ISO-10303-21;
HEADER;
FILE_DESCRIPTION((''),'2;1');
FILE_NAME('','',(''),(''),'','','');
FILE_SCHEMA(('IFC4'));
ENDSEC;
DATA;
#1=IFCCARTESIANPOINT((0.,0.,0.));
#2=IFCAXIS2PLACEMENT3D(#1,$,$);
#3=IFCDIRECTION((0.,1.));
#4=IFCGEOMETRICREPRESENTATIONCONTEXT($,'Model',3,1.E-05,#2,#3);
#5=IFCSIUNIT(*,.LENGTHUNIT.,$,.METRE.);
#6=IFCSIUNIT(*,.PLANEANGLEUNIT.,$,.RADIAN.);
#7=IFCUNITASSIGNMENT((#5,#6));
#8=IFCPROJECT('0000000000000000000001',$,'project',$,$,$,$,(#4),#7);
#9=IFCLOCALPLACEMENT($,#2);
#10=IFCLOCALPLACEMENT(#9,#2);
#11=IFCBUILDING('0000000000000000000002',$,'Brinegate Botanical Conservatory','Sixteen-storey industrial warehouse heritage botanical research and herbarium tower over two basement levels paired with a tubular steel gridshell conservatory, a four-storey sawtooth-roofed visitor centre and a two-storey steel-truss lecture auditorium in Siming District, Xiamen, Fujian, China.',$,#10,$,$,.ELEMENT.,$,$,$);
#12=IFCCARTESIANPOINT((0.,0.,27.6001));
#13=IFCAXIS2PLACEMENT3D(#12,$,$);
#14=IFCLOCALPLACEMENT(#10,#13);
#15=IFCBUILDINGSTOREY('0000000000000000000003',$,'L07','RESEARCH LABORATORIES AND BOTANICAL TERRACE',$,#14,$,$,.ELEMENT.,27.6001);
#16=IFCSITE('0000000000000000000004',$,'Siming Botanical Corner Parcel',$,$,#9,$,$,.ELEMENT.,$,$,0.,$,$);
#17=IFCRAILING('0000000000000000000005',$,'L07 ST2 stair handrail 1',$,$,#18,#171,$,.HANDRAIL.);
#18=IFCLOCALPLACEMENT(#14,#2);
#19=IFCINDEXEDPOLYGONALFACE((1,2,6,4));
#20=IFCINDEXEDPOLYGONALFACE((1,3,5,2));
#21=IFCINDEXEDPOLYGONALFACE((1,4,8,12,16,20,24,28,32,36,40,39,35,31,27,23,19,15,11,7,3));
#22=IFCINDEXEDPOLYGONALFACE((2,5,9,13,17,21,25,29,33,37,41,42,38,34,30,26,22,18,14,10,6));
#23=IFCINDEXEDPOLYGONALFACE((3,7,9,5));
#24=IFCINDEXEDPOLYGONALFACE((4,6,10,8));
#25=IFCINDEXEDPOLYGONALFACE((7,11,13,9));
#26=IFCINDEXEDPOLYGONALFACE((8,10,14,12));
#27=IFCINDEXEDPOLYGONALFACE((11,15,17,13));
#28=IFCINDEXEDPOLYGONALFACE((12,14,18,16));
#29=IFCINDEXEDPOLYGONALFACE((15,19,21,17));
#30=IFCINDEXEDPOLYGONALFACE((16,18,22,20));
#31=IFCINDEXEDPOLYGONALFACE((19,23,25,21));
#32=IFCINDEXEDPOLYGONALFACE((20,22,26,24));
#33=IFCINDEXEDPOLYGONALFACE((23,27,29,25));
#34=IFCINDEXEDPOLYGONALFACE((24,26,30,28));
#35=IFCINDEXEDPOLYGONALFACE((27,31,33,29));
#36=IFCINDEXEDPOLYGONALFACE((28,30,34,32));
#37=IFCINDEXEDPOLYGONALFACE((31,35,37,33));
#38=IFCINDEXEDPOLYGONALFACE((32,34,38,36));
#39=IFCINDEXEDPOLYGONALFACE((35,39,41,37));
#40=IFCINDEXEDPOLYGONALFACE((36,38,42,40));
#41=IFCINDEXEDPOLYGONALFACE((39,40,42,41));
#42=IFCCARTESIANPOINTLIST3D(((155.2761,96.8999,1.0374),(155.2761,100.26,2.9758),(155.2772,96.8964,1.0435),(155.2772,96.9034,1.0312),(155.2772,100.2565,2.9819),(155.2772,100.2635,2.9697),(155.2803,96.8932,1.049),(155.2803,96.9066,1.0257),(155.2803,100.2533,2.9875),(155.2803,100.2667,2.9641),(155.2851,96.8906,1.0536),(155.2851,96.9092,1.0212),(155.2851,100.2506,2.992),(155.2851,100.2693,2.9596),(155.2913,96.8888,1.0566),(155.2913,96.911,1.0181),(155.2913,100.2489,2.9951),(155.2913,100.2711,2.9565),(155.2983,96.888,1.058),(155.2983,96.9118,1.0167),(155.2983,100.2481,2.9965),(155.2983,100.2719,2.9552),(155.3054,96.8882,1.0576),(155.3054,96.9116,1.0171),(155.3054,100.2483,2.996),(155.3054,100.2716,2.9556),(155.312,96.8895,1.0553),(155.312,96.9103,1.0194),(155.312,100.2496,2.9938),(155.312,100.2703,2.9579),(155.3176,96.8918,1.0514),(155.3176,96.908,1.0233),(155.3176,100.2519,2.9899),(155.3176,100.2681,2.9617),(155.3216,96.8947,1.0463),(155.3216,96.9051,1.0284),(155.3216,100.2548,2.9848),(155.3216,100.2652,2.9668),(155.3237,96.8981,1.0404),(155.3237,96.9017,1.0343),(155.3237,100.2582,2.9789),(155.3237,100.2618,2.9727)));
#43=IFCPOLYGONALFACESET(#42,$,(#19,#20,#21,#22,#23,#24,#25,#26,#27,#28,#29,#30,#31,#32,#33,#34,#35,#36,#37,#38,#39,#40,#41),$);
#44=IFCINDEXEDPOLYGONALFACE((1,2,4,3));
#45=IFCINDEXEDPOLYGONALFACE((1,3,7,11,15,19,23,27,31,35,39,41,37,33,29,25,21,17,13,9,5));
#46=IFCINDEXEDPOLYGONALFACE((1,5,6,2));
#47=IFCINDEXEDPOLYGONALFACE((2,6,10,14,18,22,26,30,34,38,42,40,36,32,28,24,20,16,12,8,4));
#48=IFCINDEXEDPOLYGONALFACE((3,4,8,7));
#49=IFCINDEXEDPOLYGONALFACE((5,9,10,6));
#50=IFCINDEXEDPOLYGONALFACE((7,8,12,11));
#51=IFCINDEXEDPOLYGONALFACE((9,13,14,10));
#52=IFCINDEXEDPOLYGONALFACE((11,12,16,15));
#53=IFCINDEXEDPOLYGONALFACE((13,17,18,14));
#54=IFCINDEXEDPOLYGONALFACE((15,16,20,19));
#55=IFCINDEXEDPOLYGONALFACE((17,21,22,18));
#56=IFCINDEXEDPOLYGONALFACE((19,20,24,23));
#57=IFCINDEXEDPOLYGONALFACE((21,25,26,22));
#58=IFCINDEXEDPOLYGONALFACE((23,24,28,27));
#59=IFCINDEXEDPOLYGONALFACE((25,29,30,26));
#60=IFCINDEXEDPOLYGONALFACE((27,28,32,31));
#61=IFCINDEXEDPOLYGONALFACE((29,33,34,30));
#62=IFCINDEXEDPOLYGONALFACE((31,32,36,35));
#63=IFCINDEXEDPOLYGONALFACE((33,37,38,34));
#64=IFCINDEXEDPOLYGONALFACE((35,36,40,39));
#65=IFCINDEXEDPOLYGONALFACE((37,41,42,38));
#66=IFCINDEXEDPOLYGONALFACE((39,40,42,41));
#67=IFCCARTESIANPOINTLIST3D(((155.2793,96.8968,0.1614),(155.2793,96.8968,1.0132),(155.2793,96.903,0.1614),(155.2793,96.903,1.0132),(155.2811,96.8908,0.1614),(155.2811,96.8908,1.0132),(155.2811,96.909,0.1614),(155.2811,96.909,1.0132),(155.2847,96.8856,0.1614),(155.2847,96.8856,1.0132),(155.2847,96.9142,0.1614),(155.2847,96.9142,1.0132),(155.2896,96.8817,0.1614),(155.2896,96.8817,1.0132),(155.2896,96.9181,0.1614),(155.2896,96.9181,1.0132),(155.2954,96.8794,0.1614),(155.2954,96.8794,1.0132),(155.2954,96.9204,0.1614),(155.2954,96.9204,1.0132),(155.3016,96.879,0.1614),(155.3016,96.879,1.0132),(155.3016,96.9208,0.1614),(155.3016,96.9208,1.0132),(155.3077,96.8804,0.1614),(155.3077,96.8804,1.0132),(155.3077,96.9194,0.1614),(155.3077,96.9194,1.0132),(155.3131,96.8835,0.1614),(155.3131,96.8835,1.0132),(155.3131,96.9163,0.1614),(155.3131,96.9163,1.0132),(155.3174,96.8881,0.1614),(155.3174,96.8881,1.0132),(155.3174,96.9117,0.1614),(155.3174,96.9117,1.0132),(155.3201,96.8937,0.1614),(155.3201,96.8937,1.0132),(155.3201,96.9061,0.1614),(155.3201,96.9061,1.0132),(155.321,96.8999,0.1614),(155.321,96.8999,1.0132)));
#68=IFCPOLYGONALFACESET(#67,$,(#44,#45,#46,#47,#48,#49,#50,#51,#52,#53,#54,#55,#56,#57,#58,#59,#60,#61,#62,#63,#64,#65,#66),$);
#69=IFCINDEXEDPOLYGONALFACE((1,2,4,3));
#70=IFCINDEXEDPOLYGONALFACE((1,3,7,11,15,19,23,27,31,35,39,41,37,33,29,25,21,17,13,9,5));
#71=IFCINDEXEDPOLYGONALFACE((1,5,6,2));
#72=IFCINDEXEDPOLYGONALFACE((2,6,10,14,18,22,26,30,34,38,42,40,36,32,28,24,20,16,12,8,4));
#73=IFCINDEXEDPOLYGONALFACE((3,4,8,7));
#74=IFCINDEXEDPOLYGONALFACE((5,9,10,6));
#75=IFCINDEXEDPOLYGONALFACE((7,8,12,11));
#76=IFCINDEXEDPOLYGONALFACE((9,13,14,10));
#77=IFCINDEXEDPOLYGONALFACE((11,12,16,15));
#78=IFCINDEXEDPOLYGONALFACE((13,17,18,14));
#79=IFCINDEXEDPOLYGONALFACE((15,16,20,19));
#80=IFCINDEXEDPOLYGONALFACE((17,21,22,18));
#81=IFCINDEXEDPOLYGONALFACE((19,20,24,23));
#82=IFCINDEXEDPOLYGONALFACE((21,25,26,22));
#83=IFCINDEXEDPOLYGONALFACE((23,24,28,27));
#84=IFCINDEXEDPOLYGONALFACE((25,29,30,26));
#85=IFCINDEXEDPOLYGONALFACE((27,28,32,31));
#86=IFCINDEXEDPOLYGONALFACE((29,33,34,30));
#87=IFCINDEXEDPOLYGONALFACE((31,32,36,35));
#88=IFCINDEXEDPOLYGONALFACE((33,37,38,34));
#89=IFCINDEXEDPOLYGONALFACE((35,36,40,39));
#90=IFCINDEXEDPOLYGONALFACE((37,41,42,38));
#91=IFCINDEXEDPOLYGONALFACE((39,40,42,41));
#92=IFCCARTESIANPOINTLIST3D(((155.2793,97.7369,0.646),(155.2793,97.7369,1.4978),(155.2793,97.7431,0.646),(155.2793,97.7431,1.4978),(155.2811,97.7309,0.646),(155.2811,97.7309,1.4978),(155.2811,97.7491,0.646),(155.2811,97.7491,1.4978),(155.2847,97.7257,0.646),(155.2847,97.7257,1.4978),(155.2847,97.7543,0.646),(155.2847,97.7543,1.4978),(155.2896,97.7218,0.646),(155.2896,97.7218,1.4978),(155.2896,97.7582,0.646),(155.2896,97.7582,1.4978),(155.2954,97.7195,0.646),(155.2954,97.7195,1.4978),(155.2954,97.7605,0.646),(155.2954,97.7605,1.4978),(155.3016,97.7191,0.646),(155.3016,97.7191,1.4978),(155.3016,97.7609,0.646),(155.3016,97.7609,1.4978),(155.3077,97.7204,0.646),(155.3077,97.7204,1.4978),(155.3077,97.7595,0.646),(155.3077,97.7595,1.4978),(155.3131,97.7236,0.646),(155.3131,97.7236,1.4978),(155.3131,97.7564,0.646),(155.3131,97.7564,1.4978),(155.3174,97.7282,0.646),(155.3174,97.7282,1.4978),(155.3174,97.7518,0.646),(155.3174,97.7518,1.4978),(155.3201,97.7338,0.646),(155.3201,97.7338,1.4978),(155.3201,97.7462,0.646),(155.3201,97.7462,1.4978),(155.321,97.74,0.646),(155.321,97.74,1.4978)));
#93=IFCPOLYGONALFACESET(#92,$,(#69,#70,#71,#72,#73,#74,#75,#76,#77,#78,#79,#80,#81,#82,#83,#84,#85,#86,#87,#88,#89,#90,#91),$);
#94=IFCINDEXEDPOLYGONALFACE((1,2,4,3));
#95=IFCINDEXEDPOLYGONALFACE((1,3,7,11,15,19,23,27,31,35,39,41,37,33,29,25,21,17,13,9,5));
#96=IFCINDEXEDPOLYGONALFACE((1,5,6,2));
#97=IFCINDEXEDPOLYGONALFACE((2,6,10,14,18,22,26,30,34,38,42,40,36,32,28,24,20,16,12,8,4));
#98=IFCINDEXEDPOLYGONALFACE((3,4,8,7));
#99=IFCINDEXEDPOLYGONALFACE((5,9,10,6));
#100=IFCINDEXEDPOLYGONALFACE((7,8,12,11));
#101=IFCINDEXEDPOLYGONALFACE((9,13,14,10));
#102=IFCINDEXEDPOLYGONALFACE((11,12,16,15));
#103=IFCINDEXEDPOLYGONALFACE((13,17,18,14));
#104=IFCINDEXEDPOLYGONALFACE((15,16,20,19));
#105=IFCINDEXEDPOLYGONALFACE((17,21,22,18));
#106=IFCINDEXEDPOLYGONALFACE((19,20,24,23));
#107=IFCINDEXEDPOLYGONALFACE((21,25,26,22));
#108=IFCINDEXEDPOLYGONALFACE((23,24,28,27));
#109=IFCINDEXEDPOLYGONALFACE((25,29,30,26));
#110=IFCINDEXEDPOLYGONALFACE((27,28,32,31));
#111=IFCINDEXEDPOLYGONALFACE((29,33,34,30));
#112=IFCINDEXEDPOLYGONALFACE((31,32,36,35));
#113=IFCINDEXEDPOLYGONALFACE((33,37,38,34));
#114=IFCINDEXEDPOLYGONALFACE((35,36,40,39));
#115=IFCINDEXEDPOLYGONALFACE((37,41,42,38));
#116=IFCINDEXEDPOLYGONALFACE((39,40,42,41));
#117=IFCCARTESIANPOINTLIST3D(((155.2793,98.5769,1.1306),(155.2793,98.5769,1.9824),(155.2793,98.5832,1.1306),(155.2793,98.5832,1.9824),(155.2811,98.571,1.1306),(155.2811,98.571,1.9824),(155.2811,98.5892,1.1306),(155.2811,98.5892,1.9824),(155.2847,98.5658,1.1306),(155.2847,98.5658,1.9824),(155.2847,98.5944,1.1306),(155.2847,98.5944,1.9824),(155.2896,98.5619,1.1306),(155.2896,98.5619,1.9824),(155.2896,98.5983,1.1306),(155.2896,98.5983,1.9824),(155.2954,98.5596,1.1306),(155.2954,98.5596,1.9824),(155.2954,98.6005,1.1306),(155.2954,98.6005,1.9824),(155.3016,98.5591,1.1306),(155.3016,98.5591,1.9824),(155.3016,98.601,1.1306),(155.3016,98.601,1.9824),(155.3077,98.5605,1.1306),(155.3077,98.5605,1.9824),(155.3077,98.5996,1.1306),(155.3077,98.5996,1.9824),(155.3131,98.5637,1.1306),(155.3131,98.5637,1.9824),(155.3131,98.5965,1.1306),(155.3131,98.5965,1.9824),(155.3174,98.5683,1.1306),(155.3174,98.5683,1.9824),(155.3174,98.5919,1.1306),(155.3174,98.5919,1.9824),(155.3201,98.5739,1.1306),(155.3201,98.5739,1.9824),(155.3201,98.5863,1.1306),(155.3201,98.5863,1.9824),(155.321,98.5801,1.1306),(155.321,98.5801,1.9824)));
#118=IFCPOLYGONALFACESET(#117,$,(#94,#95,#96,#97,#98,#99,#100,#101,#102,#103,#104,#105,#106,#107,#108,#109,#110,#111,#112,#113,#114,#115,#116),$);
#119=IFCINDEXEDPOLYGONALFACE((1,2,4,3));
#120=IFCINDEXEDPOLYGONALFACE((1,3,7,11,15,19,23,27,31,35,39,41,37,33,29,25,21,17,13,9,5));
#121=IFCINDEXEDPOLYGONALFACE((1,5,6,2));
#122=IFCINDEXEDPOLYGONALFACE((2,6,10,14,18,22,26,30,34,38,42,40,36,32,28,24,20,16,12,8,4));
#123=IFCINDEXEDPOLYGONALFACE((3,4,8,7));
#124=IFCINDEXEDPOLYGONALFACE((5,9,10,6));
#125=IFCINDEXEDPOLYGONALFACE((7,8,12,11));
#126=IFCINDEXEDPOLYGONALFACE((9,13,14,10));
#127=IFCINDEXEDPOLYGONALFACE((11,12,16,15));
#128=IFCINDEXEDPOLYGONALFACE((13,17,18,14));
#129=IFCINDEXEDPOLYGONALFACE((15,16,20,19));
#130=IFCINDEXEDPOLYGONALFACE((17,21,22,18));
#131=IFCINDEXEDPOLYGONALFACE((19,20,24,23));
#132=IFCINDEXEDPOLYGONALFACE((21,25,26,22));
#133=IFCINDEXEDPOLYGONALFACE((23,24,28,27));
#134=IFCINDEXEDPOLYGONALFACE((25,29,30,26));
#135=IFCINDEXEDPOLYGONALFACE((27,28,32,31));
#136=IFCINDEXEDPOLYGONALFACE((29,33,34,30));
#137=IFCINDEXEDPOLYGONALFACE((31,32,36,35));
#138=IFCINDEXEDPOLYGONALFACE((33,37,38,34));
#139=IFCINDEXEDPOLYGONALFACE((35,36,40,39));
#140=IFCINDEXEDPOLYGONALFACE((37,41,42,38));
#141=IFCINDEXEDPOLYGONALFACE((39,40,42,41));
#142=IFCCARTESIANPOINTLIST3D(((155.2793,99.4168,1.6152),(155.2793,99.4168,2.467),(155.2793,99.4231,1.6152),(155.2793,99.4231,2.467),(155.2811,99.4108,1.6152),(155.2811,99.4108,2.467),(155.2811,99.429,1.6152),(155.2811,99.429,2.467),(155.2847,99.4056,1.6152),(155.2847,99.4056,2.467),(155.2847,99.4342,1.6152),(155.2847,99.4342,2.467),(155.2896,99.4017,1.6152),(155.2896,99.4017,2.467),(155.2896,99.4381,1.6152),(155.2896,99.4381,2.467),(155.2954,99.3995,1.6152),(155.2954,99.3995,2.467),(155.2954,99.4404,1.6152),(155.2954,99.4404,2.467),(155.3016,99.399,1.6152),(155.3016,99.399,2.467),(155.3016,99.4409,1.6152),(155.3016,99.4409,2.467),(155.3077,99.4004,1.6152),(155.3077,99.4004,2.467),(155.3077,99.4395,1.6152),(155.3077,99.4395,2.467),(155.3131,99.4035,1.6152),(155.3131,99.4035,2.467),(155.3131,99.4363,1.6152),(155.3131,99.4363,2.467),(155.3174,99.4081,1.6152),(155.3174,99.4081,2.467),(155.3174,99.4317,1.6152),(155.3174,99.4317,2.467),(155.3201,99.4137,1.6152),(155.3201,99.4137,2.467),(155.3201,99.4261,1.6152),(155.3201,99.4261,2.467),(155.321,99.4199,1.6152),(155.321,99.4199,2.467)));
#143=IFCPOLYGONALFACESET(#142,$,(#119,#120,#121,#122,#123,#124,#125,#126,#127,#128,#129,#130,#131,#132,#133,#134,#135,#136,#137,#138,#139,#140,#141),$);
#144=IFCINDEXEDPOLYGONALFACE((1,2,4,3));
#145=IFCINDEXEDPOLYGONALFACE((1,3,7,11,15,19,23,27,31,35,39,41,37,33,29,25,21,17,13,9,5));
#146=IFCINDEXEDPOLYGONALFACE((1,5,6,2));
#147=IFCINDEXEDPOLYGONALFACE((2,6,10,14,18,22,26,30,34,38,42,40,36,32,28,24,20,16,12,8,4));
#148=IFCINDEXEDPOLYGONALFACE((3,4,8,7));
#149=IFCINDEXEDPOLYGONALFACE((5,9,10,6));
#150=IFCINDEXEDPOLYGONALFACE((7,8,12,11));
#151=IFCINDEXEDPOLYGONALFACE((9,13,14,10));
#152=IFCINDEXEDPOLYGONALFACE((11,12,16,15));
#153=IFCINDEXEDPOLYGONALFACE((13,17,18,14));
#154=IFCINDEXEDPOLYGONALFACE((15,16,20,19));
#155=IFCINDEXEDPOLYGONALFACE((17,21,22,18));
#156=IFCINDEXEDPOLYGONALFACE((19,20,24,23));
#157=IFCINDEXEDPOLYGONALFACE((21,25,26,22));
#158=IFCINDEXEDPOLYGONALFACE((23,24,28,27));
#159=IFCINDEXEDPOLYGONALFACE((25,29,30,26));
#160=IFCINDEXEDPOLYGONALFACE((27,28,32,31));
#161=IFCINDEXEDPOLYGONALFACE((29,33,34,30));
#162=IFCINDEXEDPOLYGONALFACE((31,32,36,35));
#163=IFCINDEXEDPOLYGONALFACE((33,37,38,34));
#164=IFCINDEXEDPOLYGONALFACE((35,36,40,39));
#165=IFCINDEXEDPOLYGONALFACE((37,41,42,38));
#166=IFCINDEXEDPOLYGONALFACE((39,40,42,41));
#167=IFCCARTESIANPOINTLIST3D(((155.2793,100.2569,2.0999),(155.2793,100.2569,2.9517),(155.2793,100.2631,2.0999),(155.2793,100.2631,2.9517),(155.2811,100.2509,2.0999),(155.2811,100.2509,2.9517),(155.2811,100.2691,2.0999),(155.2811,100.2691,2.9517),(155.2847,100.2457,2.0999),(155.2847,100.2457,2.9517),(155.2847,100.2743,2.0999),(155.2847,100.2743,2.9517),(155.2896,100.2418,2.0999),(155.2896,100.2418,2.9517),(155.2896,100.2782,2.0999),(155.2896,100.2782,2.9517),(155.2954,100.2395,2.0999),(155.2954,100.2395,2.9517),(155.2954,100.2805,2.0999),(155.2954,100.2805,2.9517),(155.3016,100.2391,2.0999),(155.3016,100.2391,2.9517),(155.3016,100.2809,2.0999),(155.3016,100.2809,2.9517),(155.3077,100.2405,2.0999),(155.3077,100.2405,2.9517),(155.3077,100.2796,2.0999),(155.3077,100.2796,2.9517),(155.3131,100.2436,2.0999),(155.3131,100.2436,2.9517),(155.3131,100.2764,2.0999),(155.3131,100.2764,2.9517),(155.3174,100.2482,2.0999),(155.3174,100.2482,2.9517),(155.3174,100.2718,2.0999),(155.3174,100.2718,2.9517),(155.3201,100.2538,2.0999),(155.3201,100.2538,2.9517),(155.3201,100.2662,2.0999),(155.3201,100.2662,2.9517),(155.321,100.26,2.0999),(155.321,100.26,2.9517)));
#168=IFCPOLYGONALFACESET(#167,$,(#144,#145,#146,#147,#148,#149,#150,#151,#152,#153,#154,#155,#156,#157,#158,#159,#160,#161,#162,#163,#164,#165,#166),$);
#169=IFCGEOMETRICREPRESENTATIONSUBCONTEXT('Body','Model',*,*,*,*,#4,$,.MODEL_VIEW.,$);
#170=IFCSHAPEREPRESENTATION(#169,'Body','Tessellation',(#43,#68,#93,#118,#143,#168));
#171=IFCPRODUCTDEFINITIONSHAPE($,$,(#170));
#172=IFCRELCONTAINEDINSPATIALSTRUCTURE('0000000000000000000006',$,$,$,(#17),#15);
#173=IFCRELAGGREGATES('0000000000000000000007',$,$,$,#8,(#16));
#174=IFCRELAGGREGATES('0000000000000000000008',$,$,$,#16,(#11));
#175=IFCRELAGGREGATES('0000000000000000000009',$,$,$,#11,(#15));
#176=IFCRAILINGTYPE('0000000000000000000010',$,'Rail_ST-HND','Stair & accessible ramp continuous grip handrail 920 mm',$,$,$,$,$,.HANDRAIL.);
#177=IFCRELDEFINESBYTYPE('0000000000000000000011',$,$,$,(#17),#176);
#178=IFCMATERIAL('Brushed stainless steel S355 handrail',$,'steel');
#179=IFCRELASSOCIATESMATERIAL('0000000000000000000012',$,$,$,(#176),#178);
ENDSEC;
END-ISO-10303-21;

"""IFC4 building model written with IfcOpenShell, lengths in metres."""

from ifc_helpers import new_model, si_unit, direction, frame, origin, origin_2d, place, context, subcontext, project, spatial, circle, extrude, material, type_object, element, save


model = new_model("IFC4")

# Units and contexts
model_context = context("Model", 3, precision=1e-05, world=origin(), true_north=direction((0.0, 1.0)))
body_context = subcontext(model_context, "Body", "Model", "MODEL_VIEW")
ifc_project = project(units=[si_unit("LENGTHUNIT", "METRE"), si_unit("PLANEANGLEUNIT", "RADIAN")], contexts=[model_context])

# Site, building, storey
site_placement = place(None, origin())
site = spatial("IfcSite", under=ifc_project, at=site_placement, Name="Siming Botanical Corner Parcel", CompositionType="ELEMENT", RefElevation=0.0)
building_placement = place(site_placement, origin())
building = spatial("IfcBuilding", under=site, at=building_placement, Name="Brinegate Botanical Conservatory", Description="Sixteen-storey industrial warehouse heritage botanical research and herbarium tower over two basement levels paired with a tubular steel gridshell conservatory, a four-storey sawtooth-roofed visitor centre and a two-storey steel-truss lecture auditorium in Siming District, Xiamen, Fujian, China.", CompositionType="ELEMENT")
storey_placement = place(building_placement, frame((0.0, 0.0, 27.6001)))
storey = spatial("IfcBuildingStorey", under=building, at=storey_placement, Name="L07", Description="RESEARCH LABORATORIES AND BOTANICAL TERRACE", CompositionType="ELEMENT", Elevation=27.6001)

# Railing
ifc_material_1 = material(Name="Brushed stainless steel S355 handrail", Category="steel")
railing_type_1 = type_object("IfcRailingType", Name="Rail_ST-HND", Description="Stair & accessible ramp continuous grip handrail 920 mm", PredefinedType="HANDRAIL", material=ifc_material_1)
railing_1_placement = place(storey_placement, frame((155.3, 96.8999, 0.1614)))
element("IfcRailing", 1, at=railing_1_placement, inside=storey, type_object=railing_type_1, Name="L07 ST2 stair handrail 1", PredefinedType="HANDRAIL", context=body_context, shape_type="SweptSolid", body=[
    extrude(circle(Radius=0.0239, at=origin_2d()), frame((0.0, 0.0, 0.876), z_axis=(0.0, 0.866191, 0.499713), x_axis=(-1.0, 0.0, 0.0)), (0.0, 0.0, 1.0), 3.8792),
    extrude(circle(Radius=0.021, at=origin_2d()), origin(), (0.0, 0.0, 1.0), 0.8518),
    extrude(circle(Radius=0.021, at=origin_2d()), frame((0.0, 0.8401, 0.4846)), (0.0, 0.0, 1.0), 0.8518),
    extrude(circle(Radius=0.021, at=origin_2d()), frame((0.0, 1.6802, 0.9692)), (0.0, 0.0, 1.0), 0.8518),
    extrude(circle(Radius=0.021, at=origin_2d()), frame((0.0, 2.52, 1.4539)), (0.0, 0.0, 1.0), 0.8518),
    extrude(circle(Radius=0.021, at=origin_2d()), frame((0.0, 3.3601, 1.9385)), (0.0, 0.0, 1.0), 0.8518),
])

save(model, "model.ifc")
